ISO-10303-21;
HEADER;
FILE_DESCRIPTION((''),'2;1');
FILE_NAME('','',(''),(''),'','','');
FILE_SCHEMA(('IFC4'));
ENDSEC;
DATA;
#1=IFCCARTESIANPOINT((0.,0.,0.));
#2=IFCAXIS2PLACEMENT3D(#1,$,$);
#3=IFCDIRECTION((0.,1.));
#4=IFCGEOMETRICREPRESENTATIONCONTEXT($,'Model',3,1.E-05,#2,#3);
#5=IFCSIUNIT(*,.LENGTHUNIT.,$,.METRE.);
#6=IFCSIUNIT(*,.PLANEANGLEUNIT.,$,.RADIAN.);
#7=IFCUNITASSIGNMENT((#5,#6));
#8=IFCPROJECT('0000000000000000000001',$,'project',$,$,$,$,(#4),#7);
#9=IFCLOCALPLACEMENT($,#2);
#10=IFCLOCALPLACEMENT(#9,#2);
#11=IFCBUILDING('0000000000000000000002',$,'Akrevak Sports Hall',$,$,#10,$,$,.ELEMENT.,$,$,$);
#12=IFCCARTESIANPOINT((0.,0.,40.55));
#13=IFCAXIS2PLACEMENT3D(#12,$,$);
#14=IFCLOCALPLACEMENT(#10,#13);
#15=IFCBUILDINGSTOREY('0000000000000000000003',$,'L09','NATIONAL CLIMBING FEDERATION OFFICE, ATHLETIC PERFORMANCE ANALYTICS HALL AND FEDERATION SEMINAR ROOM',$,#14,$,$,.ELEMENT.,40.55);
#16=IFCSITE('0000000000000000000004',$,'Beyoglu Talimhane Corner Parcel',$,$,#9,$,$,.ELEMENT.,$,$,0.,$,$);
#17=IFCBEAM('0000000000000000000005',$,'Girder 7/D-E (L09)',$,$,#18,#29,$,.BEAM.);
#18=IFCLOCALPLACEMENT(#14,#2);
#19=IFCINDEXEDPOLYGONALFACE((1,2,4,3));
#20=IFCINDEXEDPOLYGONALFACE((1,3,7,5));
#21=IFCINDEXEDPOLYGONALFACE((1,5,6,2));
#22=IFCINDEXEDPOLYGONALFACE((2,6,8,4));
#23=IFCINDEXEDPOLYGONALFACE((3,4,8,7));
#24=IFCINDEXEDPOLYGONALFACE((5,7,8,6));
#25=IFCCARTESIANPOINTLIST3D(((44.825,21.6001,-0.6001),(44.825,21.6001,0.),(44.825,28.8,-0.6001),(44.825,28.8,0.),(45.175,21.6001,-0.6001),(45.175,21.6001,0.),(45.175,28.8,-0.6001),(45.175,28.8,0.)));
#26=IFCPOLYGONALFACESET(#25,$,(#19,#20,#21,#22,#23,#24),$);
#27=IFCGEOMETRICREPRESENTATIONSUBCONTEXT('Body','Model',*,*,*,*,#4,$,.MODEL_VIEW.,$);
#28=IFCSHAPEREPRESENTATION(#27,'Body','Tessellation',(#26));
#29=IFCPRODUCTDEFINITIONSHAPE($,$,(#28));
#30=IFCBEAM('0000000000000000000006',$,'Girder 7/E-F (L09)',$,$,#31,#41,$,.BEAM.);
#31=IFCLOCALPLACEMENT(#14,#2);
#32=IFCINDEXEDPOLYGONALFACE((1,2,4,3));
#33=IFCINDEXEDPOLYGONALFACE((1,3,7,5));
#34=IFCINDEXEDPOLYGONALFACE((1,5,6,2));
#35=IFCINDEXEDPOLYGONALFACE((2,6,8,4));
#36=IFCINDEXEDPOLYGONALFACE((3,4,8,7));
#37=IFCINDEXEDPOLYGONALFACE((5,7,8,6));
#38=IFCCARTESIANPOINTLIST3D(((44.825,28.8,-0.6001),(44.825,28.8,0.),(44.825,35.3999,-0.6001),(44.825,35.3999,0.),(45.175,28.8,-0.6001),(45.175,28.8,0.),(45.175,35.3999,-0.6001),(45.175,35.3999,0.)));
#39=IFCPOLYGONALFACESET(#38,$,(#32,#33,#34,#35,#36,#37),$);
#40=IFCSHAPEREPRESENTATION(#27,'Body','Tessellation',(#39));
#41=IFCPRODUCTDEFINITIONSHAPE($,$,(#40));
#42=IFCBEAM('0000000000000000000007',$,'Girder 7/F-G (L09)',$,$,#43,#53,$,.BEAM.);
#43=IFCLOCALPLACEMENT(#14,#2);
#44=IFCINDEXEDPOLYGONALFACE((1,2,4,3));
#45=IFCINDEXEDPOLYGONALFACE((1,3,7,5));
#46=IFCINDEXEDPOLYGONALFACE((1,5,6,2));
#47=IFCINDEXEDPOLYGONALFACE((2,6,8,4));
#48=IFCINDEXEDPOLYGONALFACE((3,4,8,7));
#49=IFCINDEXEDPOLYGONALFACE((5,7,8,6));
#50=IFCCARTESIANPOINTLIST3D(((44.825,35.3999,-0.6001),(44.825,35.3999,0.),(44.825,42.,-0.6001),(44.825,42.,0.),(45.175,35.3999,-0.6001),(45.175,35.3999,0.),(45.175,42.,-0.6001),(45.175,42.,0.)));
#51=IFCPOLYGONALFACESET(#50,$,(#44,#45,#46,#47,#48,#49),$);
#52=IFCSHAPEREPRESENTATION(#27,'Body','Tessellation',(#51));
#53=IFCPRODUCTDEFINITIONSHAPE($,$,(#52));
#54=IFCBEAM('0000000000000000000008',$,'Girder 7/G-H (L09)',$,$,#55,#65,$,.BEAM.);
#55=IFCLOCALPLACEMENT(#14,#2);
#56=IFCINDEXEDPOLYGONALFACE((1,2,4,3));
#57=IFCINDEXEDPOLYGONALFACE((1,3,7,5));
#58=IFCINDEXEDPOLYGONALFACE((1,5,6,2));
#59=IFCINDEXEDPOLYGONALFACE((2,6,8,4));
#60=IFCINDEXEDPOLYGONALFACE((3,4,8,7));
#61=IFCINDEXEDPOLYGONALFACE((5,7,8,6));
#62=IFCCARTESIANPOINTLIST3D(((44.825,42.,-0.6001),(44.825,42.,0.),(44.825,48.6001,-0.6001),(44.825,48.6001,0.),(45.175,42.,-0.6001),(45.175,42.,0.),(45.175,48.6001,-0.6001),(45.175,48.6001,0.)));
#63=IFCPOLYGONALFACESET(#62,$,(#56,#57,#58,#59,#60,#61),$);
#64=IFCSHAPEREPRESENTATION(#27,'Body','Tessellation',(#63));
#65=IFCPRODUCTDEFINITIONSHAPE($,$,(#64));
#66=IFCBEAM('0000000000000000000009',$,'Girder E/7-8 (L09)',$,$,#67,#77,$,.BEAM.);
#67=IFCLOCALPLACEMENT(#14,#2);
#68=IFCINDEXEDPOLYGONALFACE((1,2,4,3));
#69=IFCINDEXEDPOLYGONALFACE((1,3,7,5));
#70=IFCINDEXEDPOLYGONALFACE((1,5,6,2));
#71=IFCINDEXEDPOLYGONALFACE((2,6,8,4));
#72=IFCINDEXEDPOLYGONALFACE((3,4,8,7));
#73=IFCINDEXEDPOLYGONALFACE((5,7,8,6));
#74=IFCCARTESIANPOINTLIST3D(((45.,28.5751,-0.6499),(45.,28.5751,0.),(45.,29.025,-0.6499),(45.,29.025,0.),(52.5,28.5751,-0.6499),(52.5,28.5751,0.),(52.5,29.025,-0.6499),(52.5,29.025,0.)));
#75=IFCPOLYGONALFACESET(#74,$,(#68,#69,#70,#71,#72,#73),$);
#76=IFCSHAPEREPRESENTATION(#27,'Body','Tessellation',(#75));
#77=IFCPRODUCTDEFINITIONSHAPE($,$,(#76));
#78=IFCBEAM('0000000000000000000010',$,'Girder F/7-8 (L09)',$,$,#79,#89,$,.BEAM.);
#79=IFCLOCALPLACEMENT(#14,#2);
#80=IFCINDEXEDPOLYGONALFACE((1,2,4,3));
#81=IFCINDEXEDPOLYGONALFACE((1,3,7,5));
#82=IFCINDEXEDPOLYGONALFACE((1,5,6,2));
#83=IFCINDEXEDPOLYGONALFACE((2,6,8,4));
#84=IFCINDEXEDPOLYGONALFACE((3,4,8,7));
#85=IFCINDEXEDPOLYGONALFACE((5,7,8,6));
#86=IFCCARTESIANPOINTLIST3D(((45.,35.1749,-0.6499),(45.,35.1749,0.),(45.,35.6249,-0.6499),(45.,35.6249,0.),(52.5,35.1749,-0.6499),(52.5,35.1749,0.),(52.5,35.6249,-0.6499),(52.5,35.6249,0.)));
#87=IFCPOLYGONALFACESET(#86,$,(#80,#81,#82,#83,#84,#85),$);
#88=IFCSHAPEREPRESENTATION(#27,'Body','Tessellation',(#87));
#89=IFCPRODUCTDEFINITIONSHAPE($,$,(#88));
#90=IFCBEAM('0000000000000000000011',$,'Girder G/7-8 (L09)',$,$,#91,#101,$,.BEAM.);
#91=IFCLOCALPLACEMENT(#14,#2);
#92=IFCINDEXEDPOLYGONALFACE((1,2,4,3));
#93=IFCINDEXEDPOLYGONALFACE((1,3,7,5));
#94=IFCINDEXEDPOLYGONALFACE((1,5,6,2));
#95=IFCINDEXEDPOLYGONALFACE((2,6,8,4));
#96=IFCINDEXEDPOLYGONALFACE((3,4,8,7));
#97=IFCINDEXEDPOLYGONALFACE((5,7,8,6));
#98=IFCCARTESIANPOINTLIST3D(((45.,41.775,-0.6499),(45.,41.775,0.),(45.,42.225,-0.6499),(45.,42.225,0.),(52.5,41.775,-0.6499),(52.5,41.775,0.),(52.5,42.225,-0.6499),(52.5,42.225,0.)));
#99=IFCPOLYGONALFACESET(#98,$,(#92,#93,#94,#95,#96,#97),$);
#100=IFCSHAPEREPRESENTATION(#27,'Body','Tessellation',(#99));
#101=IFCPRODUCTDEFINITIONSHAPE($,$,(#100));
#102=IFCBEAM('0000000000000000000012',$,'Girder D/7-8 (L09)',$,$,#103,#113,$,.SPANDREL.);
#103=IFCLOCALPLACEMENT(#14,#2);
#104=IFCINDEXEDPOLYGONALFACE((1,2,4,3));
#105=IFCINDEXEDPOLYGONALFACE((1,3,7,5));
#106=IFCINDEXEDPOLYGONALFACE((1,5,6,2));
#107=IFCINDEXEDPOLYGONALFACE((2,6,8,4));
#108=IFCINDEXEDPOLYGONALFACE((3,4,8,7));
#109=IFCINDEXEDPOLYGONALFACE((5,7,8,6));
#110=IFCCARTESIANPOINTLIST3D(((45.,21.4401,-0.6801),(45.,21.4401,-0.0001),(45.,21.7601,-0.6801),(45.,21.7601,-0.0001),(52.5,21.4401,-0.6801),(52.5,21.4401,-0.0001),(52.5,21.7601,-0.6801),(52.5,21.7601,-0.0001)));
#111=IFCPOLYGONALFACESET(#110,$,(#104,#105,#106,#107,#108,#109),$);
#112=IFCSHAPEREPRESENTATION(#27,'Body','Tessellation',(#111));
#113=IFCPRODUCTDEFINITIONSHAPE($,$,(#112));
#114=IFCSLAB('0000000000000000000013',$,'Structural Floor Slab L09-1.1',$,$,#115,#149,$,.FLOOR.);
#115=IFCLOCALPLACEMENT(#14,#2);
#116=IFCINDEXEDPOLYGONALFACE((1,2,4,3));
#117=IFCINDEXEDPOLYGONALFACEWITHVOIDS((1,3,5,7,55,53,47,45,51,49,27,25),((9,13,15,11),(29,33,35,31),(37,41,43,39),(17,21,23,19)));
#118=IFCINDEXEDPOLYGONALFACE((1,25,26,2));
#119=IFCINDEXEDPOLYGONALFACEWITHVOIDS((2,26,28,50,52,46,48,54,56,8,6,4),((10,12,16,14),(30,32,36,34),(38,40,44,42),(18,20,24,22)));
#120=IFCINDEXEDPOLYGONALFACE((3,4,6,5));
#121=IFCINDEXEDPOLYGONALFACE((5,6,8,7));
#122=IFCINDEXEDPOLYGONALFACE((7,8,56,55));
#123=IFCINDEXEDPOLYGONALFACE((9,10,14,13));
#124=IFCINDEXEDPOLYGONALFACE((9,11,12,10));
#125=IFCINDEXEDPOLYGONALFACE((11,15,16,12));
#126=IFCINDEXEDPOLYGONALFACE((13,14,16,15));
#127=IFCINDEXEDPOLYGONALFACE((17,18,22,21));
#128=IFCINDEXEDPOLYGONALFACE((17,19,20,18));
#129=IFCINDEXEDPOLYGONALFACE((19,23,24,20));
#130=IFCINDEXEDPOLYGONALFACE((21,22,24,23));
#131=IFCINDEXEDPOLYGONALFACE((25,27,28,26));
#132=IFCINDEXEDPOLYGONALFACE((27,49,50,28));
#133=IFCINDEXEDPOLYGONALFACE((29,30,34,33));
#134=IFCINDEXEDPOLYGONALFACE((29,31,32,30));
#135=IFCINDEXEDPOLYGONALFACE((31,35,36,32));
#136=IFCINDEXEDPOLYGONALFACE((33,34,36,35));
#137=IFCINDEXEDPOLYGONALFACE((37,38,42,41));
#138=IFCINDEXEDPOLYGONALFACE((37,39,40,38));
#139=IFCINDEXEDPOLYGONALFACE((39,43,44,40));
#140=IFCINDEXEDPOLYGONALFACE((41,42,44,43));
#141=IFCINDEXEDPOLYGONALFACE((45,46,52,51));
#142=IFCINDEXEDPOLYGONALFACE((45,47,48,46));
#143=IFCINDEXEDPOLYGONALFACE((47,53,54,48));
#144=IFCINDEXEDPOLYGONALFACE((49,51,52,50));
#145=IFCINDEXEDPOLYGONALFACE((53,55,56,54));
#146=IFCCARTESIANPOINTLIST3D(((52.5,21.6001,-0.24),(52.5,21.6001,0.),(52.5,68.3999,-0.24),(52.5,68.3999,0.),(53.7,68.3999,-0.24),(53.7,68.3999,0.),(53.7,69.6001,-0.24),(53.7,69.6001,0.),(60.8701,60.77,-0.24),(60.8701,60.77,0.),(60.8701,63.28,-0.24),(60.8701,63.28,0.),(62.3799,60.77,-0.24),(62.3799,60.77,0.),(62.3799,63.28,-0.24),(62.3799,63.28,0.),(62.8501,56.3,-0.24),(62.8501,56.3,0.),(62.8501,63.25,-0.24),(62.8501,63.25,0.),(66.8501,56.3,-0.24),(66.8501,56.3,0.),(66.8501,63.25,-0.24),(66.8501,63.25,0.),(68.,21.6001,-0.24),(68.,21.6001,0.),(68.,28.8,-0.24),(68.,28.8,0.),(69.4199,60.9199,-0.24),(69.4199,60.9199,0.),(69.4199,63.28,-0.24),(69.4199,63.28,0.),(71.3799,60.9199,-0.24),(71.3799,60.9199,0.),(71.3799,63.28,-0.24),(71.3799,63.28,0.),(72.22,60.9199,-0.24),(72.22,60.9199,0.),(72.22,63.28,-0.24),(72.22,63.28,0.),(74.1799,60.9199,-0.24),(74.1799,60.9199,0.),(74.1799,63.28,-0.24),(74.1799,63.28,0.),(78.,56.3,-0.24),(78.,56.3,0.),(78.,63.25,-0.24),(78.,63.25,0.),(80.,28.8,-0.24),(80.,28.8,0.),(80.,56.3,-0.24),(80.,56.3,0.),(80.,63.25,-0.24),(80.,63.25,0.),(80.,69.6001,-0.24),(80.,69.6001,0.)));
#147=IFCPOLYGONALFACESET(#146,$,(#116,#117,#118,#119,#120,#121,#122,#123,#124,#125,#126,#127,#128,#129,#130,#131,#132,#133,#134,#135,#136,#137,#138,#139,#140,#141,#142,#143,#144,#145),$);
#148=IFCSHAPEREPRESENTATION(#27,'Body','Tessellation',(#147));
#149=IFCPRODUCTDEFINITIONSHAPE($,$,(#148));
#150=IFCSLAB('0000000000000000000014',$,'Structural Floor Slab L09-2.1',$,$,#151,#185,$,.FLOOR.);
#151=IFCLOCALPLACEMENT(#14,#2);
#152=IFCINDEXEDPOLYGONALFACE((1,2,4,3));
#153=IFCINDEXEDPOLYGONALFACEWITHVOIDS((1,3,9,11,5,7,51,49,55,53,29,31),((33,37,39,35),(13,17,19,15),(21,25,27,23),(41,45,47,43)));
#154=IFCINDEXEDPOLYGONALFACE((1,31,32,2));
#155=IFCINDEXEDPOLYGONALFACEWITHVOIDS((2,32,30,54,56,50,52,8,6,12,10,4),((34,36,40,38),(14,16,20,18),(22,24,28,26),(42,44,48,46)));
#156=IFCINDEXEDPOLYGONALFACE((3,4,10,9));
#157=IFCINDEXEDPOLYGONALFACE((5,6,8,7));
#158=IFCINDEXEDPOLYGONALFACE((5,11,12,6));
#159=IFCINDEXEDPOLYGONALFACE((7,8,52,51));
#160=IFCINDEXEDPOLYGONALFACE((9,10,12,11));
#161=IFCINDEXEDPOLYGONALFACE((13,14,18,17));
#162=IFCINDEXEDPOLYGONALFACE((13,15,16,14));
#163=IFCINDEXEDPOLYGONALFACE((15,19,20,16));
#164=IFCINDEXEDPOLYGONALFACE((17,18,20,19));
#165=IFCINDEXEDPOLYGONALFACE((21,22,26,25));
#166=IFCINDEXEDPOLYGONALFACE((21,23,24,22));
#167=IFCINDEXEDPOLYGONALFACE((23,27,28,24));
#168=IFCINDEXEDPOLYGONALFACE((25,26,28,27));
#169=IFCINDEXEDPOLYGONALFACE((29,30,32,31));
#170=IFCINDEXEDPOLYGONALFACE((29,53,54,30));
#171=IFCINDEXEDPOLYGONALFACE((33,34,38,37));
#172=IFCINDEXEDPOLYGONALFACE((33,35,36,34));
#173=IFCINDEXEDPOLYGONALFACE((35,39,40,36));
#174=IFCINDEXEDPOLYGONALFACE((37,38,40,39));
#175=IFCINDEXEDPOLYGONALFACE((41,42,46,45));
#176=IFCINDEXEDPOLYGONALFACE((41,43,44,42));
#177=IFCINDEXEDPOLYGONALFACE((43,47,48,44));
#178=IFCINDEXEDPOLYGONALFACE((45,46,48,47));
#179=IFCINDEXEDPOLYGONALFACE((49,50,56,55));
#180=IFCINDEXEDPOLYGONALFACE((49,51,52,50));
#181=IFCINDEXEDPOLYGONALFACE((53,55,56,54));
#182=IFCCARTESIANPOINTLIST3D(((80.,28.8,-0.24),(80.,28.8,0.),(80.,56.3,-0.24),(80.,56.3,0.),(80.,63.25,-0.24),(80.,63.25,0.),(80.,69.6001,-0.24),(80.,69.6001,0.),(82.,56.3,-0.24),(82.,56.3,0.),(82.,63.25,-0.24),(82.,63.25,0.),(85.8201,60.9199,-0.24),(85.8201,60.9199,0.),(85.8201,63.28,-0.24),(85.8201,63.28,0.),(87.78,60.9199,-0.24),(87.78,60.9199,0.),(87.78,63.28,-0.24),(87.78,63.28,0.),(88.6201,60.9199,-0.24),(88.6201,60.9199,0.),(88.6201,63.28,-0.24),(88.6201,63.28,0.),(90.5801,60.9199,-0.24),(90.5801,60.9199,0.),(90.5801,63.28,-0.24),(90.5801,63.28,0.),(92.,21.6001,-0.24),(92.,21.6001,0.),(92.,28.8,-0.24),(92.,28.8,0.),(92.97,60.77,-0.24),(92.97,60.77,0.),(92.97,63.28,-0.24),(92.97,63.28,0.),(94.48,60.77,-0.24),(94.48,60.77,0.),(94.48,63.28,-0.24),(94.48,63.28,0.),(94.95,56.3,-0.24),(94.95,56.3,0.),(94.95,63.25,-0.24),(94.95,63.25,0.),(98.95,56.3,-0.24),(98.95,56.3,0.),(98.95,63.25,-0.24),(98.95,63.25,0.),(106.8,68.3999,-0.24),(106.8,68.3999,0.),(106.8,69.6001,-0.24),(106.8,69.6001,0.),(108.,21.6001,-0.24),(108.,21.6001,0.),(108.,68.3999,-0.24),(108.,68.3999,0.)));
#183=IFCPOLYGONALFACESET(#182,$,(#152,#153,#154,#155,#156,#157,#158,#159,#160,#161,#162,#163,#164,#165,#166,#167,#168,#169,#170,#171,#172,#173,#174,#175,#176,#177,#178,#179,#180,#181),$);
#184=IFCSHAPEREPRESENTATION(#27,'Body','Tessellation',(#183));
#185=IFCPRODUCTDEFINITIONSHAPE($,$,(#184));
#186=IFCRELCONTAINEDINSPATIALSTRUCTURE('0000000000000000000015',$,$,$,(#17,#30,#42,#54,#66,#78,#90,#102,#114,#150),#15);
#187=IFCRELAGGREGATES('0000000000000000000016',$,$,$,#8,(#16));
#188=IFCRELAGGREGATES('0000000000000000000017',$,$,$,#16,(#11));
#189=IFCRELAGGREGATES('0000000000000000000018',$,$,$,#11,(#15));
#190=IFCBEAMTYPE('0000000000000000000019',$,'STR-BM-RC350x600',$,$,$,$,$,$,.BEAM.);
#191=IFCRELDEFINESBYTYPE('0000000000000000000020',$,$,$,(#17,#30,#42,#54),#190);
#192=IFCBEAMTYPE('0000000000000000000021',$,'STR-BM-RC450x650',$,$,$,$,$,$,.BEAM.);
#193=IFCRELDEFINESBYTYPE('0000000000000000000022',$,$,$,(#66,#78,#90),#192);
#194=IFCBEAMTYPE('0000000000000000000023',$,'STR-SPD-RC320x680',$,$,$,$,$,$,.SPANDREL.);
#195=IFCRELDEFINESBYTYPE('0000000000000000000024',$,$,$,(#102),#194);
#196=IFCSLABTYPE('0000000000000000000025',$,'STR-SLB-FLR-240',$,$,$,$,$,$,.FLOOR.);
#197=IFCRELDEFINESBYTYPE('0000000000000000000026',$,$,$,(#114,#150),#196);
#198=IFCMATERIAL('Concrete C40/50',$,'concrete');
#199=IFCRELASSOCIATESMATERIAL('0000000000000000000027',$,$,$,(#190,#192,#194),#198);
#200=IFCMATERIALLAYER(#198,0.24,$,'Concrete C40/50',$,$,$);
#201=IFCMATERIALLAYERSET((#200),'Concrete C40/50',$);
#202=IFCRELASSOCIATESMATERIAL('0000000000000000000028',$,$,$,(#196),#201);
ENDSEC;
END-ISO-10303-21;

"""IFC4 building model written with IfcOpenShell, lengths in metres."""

from ifc_helpers import new_model, si_unit, direction, frame, origin, origin_2d, place, context, subcontext, project, spatial, polyline, rectangle, outline, extrude, material, layer, layer_set, material_profile, profile_set, type_object, element, save


model = new_model("IFC4")

# Units and contexts
model_context = context("Model", 3, precision=1e-05, world=origin(), true_north=direction((0.0, 1.0)))
body_context = subcontext(model_context, "Body", "Model", "MODEL_VIEW")
ifc_project = project(units=[si_unit("LENGTHUNIT", "METRE"), si_unit("PLANEANGLEUNIT", "RADIAN")], contexts=[model_context])

# Site, building, storey
site_placement = place(None, origin())
site = spatial("IfcSite", under=ifc_project, at=site_placement, Name="Beyoglu Talimhane Corner Parcel", CompositionType="ELEMENT", RefElevation=0.0)
building_placement = place(site_placement, origin())
building = spatial("IfcBuilding", under=site, at=building_placement, Name="Akrevak Sports Hall", CompositionType="ELEMENT")
storey_placement = place(building_placement, frame((0.0, 0.0, 40.55)))
storey = spatial("IfcBuildingStorey", under=building, at=storey_placement, Name="L09", Description="NATIONAL CLIMBING FEDERATION OFFICE, ATHLETIC PERFORMANCE ANALYTICS HALL AND FEDERATION SEMINAR ROOM", CompositionType="ELEMENT", Elevation=40.55)

# Beams
ifc_material_1 = material(Name="Concrete C40/50", Category="concrete")
ifc_material_profile_1 = material_profile(ifc_material_1, rectangle(XDim=0.3501, YDim=0.6001, at=origin_2d()), Name="BM 350x600", Category="concrete")
ifc_profile_set_1 = profile_set([ifc_material_profile_1], Name="Concrete C40/50")
beam_type_1 = type_object("IfcBeamType", Name="STR-BM-RC350x600", PredefinedType="BEAM", material=ifc_profile_set_1)
beam_1_placement = place(storey_placement, frame((45.0, 21.6001, -0.3), z_axis=(0.0, 1.0, 0.0), x_axis=(-1.0, 0.0, 0.0)))
element("IfcBeam", 1, at=beam_1_placement, inside=storey, type_object=beam_type_1, Name="Girder 7/D-E (L09)", PredefinedType="BEAM", context=body_context, shape_type="SweptSolid", body=[
    extrude(rectangle(XDim=0.3501, YDim=0.6001, at=origin_2d()), origin(), (0.0, 0.0, 1.0), 7.2),
])
beam_2_placement = place(storey_placement, frame((45.0, 28.8, -0.3), z_axis=(0.0, 1.0, 0.0), x_axis=(-1.0, 0.0, 0.0)))
element("IfcBeam", 2, at=beam_2_placement, inside=storey, type_object=beam_type_1, Name="Girder 7/E-F (L09)", PredefinedType="BEAM", context=body_context, shape_type="SweptSolid", body=[
    extrude(rectangle(XDim=0.3501, YDim=0.6001, at=origin_2d()), origin(), (0.0, 0.0, 1.0), 6.5999),
])
for number, where, z_axis, x_axis, name in (
    (3, (45.0, 35.3999, -0.3), (0.0, 1.0, 0.0), (-1.0, 0.0, 0.0), "Girder 7/F-G (L09)"),
    (4, (45.0, 42.0, -0.3), (0.0, 1.0, 0.0), (-1.0, 0.0, 0.0), "Girder 7/G-H (L09)"),
):
    element("IfcBeam", number, at=place(storey_placement, frame(where, z_axis=z_axis, x_axis=x_axis)), inside=storey, type_object=beam_type_1, Name=name, PredefinedType="BEAM", context=body_context, shape_type="SweptSolid", body=[
        extrude(rectangle(XDim=0.3501, YDim=0.6001, at=origin_2d()), origin(), (0.0, 0.0, 1.0), 6.6001),
    ])
ifc_material_profile_2 = material_profile(ifc_material_1, rectangle(XDim=0.45, YDim=0.6499, at=origin_2d()), Name="BM 450x650", Category="concrete")
ifc_profile_set_2 = profile_set([ifc_material_profile_2], Name="Concrete C40/50")
beam_type_2 = type_object("IfcBeamType", Name="STR-BM-RC450x650", PredefinedType="BEAM", material=ifc_profile_set_2)
for number, where, z_axis, x_axis, name in (
    (5, (45.0, 28.8, -0.325), (1.0, 0.0, 0.0), (0.0, 1.0, 0.0), "Girder E/7-8 (L09)"),
    (6, (45.0, 35.3999, -0.325), (1.0, 0.0, 0.0), (0.0, 1.0, 0.0), "Girder F/7-8 (L09)"),
    (7, (45.0, 42.0, -0.325), (1.0, 0.0, 0.0), (0.0, 1.0, 0.0), "Girder G/7-8 (L09)"),
):
    element("IfcBeam", number, at=place(storey_placement, frame(where, z_axis=z_axis, x_axis=x_axis)), inside=storey, type_object=beam_type_2, Name=name, PredefinedType="BEAM", context=body_context, shape_type="SweptSolid", body=[
        extrude(rectangle(XDim=0.45, YDim=0.6499, at=origin_2d()), origin(), (0.0, 0.0, 1.0), 7.5),
    ])
ifc_material_profile_3 = material_profile(ifc_material_1, rectangle(XDim=0.3201, YDim=0.6799, at=origin_2d()), Name="SPD 320x680", Category="concrete")
ifc_profile_set_3 = profile_set([ifc_material_profile_3], Name="Concrete C40/50")
beam_type_3 = type_object("IfcBeamType", Name="STR-SPD-RC320x680", PredefinedType="SPANDREL", material=ifc_profile_set_3)
beam_3_placement = place(storey_placement, frame((45.0, 21.6001, -0.3401), z_axis=(1.0, 0.0, 0.0), x_axis=(0.0, 1.0, 0.0)))
element("IfcBeam", 8, at=beam_3_placement, inside=storey, type_object=beam_type_3, Name="Girder D/7-8 (L09)", PredefinedType="SPANDREL", context=body_context, shape_type="SweptSolid", body=[
    extrude(rectangle(XDim=0.3201, YDim=0.6799, at=origin_2d()), origin(), (0.0, 0.0, 1.0), 7.5),
])

# Slabs
ifc_layer_1 = layer(ifc_material_1, 0.24, Name="Concrete C40/50")
ifc_layer_set_1 = layer_set([ifc_layer_1], Name="Concrete C40/50")
slab_type_1 = type_object("IfcSlabType", Name="STR-SLB-FLR-240", PredefinedType="FLOOR", material=ifc_layer_set_1)
slab_1_placement = place(storey_placement, frame((0.0, 0.0, -0.24)))
element("IfcSlab", 9, at=slab_1_placement, inside=storey, type_object=slab_type_1, Name="Structural Floor Slab L09-1.1", PredefinedType="FLOOR", context=body_context, shape_type="SweptSolid", body=[
    extrude(outline(polyline([(52.5, 68.3999), (52.5, 21.6001), (68.0, 21.6001), (68.0, 28.8), (80.0, 28.8), (80.0, 56.3), (78.0, 56.3), (78.0, 63.25), (80.0, 63.25), (80.0, 69.6001), (53.7, 69.6001), (53.7, 68.3999), (52.5, 68.3999)]), holes=[polyline([(62.8501, 63.25), (66.8501, 63.25), (66.8501, 56.3), (62.8501, 56.3), (62.8501, 63.25)]), polyline([(60.8701, 63.28), (62.3799, 63.28), (62.3799, 60.77), (60.8701, 60.77), (60.8701, 63.28)]), polyline([(69.4199, 63.28), (71.3799, 63.28), (71.3799, 60.9199), (69.4199, 60.9199), (69.4199, 63.28)]), polyline([(72.22, 63.28), (74.1799, 63.28), (74.1799, 60.9199), (72.22, 60.9199), (72.22, 63.28)])]), origin(), (0.0, 0.0, 1.0), 0.24),
])
slab_2_placement = place(storey_placement, frame((0.0, 0.0, -0.24)))
element("IfcSlab", 10, at=slab_2_placement, inside=storey, type_object=slab_type_1, Name="Structural Floor Slab L09-2.1", PredefinedType="FLOOR", context=body_context, shape_type="SweptSolid", body=[
    extrude(outline(polyline([(80.0, 69.6001), (80.0, 63.25), (82.0, 63.25), (82.0, 56.3), (80.0, 56.3), (80.0, 28.8), (92.0, 28.8), (92.0, 21.6001), (108.0, 21.6001), (108.0, 68.3999), (106.8, 68.3999), (106.8, 69.6001), (80.0, 69.6001)]), holes=[polyline([(94.95, 63.25), (98.95, 63.25), (98.95, 56.3), (94.95, 56.3), (94.95, 63.25)]), polyline([(92.97, 63.28), (94.48, 63.28), (94.48, 60.77), (92.97, 60.77), (92.97, 63.28)]), polyline([(87.78, 63.28), (87.78, 60.9199), (85.8201, 60.9199), (85.8201, 63.28), (87.78, 63.28)]), polyline([(90.5801, 63.28), (90.5801, 60.9199), (88.6201, 60.9199), (88.6201, 63.28), (90.5801, 63.28)])]), origin(), (0.0, 0.0, 1.0), 0.24),
])

save(model, "model.ifc")
